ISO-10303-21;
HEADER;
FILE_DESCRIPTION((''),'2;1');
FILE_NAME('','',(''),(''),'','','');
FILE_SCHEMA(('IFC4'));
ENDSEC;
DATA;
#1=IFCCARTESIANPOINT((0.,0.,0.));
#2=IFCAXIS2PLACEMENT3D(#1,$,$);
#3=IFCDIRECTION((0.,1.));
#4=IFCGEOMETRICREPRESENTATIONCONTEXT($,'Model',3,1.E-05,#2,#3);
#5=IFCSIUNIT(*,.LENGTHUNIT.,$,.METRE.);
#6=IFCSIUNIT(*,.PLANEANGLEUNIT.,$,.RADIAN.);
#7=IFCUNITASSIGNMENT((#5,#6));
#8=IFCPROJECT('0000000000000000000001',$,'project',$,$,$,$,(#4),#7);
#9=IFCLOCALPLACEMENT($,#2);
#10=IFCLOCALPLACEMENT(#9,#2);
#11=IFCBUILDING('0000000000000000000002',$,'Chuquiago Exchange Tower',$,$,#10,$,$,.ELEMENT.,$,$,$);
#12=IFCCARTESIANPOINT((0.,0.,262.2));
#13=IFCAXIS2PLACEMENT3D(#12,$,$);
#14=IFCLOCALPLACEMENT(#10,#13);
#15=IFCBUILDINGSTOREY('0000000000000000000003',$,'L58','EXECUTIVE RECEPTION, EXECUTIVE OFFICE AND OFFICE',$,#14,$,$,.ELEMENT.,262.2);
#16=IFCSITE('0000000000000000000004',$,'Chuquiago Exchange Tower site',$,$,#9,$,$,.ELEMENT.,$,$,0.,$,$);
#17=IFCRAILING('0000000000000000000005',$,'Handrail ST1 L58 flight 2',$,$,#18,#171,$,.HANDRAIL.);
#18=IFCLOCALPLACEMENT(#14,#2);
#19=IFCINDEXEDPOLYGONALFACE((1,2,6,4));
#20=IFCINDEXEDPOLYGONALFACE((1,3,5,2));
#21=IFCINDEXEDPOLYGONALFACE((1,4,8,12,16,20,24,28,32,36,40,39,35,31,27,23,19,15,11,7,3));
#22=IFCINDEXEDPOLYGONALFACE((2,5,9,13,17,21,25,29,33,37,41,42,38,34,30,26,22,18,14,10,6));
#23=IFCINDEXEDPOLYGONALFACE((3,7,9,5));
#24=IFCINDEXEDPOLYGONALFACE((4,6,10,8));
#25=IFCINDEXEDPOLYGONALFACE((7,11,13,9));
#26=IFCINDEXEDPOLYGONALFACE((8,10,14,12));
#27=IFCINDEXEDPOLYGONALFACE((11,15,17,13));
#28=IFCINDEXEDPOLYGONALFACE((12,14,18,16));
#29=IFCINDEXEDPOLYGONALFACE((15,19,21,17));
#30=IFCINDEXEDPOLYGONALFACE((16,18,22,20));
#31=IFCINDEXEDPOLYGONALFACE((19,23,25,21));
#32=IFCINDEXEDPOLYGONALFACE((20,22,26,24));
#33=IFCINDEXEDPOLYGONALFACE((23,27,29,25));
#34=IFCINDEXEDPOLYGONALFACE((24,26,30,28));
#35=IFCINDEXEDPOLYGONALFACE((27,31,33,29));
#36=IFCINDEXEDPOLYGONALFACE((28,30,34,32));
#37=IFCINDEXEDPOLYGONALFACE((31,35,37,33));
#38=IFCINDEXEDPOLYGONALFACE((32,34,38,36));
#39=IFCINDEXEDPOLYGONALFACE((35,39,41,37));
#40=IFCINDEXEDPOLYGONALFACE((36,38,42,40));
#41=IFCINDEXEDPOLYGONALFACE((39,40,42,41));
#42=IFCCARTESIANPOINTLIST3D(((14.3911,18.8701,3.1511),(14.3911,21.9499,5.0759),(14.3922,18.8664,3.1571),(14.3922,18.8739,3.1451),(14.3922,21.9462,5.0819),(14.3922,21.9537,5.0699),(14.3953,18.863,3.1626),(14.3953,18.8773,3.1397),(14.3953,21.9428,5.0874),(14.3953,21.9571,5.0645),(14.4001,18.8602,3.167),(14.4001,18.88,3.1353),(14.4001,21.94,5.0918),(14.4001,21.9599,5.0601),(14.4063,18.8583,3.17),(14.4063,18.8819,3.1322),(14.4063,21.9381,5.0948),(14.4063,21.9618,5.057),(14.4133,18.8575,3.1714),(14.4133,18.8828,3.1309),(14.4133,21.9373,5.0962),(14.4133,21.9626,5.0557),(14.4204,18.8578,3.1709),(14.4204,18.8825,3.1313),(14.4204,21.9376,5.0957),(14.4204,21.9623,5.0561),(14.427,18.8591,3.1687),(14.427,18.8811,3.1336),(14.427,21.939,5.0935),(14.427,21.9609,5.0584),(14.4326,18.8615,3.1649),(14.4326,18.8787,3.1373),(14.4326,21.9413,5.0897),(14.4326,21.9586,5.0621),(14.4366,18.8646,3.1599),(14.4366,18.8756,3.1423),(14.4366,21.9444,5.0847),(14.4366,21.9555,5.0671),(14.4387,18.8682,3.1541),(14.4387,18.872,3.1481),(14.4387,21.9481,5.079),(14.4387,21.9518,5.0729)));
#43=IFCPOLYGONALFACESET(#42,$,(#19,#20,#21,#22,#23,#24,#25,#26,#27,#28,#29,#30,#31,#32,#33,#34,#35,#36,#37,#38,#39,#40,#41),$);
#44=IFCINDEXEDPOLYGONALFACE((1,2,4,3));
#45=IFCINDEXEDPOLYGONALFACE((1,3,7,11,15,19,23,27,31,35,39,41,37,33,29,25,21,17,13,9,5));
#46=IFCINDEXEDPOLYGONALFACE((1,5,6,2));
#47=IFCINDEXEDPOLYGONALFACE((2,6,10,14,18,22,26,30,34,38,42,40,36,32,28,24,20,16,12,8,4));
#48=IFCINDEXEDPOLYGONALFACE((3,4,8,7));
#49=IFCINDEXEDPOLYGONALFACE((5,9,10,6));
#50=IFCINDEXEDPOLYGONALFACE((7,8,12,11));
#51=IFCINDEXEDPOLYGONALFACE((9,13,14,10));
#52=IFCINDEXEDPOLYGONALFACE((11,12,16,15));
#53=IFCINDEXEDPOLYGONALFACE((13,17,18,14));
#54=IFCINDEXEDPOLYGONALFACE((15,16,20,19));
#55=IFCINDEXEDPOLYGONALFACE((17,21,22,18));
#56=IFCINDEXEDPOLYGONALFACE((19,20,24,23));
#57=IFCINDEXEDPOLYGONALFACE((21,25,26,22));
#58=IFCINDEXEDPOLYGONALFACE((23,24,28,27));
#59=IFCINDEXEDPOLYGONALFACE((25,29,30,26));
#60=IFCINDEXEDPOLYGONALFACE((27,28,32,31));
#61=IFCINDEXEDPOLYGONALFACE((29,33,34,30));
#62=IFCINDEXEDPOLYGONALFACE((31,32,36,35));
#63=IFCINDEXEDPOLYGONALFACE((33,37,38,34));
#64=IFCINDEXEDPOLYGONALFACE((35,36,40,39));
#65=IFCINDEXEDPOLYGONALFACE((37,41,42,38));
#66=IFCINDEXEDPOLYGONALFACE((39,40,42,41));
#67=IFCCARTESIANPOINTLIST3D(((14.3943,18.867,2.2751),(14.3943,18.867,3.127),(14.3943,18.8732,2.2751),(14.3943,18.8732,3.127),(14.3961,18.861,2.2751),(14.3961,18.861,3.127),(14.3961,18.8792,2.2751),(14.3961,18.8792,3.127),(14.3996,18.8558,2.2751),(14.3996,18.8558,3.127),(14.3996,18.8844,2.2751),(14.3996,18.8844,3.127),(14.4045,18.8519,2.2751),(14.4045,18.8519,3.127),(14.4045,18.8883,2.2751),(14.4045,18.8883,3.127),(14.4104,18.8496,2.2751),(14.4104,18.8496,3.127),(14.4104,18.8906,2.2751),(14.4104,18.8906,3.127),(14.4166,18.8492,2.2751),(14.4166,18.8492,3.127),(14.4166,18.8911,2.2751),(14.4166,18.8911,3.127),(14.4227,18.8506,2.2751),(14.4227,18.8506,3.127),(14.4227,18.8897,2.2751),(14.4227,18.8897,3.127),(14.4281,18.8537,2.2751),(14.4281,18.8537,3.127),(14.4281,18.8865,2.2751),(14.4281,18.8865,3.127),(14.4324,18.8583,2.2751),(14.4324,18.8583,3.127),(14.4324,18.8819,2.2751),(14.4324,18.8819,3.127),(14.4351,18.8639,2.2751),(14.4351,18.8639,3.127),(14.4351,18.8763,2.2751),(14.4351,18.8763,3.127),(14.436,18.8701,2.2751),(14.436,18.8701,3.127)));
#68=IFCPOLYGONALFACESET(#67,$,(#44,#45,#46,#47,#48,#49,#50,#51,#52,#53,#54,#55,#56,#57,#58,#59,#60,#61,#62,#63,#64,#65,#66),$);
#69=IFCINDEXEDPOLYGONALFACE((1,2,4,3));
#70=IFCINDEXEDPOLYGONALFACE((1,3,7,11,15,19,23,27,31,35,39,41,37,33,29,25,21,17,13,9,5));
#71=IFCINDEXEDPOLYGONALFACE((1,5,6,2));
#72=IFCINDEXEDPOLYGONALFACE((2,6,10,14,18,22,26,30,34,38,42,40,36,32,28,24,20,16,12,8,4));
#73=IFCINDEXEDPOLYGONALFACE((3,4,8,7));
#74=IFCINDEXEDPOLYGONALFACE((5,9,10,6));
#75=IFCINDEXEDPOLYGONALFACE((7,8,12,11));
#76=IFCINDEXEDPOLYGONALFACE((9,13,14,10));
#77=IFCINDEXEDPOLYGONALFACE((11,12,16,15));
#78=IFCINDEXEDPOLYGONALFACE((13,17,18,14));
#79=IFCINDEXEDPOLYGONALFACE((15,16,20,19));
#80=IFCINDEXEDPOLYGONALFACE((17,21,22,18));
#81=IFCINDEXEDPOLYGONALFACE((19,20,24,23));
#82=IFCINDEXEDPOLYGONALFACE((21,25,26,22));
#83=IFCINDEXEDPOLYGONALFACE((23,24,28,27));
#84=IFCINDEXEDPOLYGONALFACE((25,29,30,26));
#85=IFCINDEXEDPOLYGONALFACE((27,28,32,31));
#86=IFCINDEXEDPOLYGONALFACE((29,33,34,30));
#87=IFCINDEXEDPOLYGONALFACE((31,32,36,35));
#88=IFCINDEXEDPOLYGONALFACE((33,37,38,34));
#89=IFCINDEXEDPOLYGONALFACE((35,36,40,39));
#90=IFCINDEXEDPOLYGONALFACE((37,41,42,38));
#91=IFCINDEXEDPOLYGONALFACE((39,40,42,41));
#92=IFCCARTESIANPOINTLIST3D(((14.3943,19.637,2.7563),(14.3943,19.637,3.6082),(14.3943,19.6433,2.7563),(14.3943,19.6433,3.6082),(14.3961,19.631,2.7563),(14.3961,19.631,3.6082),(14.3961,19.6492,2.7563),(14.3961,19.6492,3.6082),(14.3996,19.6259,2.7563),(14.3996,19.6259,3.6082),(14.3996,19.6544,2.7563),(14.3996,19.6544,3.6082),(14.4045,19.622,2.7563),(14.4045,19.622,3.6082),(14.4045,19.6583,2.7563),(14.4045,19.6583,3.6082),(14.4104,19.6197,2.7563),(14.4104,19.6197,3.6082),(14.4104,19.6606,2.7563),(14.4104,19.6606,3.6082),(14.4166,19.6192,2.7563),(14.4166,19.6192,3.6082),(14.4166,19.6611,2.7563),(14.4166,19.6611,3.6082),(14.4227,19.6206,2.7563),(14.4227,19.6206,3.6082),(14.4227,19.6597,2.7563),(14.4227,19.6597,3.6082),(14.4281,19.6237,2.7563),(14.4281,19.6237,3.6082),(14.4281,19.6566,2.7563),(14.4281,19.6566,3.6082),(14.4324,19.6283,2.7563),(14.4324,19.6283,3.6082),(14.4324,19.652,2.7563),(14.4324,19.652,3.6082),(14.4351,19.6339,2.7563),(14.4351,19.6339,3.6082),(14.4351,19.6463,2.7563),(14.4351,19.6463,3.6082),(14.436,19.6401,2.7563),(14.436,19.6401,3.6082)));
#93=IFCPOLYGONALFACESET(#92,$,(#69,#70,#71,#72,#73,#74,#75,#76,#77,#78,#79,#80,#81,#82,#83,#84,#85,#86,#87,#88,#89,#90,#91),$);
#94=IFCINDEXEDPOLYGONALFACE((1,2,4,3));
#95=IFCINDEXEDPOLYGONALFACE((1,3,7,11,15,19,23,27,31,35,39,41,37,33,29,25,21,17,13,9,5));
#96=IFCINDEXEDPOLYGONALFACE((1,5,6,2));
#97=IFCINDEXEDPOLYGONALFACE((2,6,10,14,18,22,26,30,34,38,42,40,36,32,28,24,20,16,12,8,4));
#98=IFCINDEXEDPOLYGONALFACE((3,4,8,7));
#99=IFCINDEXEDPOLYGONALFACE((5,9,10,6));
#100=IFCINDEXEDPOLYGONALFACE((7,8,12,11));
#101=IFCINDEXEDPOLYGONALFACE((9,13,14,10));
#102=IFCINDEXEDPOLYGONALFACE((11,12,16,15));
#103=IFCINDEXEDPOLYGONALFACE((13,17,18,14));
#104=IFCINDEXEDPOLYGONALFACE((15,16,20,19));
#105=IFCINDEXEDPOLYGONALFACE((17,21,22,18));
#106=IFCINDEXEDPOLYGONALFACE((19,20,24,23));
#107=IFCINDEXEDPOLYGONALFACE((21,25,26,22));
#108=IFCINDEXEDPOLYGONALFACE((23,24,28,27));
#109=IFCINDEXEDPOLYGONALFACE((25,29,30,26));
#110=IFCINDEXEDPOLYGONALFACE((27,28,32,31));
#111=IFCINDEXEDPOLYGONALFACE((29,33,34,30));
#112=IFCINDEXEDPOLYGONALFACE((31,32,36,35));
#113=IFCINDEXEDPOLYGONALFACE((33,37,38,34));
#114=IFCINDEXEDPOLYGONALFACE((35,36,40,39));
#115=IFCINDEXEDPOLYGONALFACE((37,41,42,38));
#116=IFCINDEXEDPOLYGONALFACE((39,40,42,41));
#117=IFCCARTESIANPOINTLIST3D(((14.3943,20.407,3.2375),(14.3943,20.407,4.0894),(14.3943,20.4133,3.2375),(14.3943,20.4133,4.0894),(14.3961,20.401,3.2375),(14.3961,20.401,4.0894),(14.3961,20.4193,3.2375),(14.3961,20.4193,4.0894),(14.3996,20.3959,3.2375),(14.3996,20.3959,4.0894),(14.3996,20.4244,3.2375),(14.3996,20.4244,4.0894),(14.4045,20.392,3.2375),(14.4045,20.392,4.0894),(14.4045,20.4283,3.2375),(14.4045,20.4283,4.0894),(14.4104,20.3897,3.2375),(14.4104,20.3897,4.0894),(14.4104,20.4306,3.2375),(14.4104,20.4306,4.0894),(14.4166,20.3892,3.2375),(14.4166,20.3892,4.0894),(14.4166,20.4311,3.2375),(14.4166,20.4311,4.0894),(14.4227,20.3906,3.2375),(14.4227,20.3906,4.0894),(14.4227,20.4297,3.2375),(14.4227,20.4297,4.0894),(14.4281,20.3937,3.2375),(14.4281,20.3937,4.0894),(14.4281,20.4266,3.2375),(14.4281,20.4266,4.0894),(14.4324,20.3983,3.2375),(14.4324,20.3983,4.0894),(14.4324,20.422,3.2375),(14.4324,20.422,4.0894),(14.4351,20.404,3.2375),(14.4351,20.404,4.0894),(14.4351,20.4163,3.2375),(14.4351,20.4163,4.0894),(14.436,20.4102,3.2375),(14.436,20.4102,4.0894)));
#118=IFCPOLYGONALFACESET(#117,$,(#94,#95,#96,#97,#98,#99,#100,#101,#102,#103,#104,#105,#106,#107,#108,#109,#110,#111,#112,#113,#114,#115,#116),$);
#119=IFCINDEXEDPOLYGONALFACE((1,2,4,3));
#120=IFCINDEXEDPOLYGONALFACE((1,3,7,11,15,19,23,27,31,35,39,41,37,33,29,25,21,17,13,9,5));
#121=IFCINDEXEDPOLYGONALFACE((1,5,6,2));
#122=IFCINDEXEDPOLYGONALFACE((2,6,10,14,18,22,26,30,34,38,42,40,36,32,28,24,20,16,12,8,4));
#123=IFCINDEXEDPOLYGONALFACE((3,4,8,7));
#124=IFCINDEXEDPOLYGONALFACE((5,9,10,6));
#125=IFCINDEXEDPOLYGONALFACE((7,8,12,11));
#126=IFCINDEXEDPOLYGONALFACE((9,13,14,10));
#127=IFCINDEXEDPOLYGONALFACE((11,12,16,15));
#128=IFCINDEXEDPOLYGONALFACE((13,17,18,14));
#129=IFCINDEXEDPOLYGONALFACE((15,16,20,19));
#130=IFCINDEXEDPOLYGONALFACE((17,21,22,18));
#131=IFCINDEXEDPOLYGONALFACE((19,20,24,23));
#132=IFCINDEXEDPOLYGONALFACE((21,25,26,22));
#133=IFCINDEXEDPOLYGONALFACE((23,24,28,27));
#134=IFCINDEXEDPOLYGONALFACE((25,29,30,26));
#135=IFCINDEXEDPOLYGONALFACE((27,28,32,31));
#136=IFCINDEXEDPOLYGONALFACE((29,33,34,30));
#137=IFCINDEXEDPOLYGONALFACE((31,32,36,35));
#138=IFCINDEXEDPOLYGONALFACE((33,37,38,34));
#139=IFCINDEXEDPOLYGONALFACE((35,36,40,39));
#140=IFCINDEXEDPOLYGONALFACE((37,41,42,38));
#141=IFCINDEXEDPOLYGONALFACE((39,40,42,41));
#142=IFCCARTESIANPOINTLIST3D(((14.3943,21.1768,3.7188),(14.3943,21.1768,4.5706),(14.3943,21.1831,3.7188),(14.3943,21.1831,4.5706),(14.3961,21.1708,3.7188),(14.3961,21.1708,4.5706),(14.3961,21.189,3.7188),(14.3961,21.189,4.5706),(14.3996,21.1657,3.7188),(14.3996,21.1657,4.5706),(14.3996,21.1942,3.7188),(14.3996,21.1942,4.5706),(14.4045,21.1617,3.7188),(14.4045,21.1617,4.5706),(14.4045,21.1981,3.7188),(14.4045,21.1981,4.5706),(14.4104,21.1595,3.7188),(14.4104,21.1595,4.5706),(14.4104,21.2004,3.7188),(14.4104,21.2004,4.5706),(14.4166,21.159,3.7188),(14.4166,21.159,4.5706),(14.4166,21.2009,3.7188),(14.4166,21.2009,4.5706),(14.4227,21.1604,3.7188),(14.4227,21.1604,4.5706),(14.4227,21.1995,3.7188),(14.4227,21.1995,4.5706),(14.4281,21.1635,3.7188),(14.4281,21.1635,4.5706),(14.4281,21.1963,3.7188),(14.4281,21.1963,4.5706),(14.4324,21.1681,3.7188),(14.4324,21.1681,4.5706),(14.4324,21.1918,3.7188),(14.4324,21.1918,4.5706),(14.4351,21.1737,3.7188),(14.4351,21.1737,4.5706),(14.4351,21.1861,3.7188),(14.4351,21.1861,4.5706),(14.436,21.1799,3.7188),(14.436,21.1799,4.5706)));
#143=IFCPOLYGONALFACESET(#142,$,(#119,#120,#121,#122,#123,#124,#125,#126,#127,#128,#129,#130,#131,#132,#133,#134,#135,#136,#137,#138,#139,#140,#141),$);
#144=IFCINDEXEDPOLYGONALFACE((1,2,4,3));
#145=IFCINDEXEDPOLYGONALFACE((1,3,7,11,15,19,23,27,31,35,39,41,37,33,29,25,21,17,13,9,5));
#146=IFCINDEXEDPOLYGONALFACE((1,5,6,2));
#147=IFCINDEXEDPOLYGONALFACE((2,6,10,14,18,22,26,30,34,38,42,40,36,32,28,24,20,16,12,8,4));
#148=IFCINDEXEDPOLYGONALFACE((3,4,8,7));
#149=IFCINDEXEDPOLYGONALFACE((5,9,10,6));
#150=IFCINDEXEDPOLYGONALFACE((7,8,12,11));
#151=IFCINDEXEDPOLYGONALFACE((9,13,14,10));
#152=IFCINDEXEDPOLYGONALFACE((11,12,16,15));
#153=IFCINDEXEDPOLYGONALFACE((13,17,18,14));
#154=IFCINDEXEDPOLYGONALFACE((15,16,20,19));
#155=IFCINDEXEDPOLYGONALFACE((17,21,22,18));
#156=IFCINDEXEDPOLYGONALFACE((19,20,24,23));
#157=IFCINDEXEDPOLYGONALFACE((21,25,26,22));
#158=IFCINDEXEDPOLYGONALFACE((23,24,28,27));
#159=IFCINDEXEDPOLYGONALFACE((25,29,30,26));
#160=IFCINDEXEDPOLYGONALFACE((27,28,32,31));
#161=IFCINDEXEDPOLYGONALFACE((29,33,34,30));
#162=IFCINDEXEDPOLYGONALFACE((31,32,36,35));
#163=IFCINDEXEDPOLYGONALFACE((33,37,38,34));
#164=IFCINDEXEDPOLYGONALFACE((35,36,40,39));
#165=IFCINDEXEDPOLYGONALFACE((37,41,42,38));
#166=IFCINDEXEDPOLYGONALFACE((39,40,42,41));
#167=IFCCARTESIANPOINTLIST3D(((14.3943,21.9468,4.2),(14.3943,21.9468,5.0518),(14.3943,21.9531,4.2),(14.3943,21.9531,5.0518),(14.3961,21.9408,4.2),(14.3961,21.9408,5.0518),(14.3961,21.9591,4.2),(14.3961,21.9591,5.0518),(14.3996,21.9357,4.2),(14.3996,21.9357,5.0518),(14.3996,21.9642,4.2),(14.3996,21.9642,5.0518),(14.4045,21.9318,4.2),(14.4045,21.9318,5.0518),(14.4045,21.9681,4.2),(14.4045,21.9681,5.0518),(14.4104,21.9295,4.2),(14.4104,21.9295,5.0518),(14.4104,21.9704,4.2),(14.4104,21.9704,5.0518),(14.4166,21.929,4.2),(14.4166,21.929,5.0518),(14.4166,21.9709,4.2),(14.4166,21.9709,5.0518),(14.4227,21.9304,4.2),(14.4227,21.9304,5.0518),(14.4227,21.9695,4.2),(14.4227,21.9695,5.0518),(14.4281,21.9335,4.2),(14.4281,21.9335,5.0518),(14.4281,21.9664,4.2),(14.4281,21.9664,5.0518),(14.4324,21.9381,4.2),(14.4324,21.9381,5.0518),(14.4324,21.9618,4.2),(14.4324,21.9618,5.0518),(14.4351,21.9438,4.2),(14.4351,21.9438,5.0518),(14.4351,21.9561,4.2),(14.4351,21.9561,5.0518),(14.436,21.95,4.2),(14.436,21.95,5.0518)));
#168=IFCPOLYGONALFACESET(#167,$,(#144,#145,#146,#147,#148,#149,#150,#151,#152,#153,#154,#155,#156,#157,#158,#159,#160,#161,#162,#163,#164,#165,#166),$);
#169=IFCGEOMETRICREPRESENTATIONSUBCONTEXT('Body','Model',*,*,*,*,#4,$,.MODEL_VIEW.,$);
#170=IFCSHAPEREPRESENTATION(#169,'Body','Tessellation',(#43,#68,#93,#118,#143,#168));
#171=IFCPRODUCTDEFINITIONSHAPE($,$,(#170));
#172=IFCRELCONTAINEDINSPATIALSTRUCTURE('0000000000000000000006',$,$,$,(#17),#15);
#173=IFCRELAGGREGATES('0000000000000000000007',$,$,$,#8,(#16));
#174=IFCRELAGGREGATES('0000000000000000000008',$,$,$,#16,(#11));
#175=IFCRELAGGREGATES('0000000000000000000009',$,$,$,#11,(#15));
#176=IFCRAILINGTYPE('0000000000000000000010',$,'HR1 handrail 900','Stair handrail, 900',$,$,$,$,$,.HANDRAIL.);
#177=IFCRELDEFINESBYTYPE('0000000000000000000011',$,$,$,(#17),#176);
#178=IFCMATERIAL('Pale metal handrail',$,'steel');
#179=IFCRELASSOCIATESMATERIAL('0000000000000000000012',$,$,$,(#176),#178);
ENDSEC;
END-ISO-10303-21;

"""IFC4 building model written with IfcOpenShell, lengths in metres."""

from ifc_helpers import new_model, si_unit, direction, frame, origin, origin_2d, place, context, subcontext, project, spatial, circle, extrude, material, type_object, element, save


model = new_model("IFC4")

# Units and contexts
model_context = context("Model", 3, precision=1e-05, world=origin(), true_north=direction((0.0, 1.0)))
body_context = subcontext(model_context, "Body", "Model", "MODEL_VIEW")
ifc_project = project(units=[si_unit("LENGTHUNIT", "METRE"), si_unit("PLANEANGLEUNIT", "RADIAN")], contexts=[model_context])

# Site, building, storey
site_placement = place(None, origin())
site = spatial("IfcSite", under=ifc_project, at=site_placement, Name="Chuquiago Exchange Tower site", CompositionType="ELEMENT", RefElevation=0.0)
building_placement = place(site_placement, origin())
building = spatial("IfcBuilding", under=site, at=building_placement, Name="Chuquiago Exchange Tower", CompositionType="ELEMENT")
storey_placement = place(building_placement, frame((0.0, 0.0, 262.2)))
storey = spatial("IfcBuildingStorey", under=building, at=storey_placement, Name="L58", Description="EXECUTIVE RECEPTION, EXECUTIVE OFFICE AND OFFICE", CompositionType="ELEMENT", Elevation=262.2)

# Railing
ifc_material_1 = material(Name="Pale metal handrail", Category="steel")
railing_type_1 = type_object("IfcRailingType", Name="HR1 handrail 900", Description="Stair handrail, 900", PredefinedType="HANDRAIL", material=ifc_material_1)
for number, where, name in (
    (1, (14.415, 18.8701, 2.2751), "Handrail ST1 L58 flight 2"),
):
    element("IfcRailing", number, at=place(storey_placement, frame(where)), inside=storey, type_object=railing_type_1, Name=name, PredefinedType="HANDRAIL", context=body_context, shape_type="SweptSolid", body=[
        extrude(circle(Radius=0.0239, at=origin_2d()), frame((0.0, 0.0, 0.876), z_axis=(0.0, 0.84801, 0.529981), x_axis=(-1.0, 0.0, 0.0)), (0.0, 0.0, 1.0), 3.6318),
        extrude(circle(Radius=0.021, at=origin_2d()), origin(), (0.0, 0.0, 1.0), 0.8518),
        extrude(circle(Radius=0.021, at=origin_2d()), frame((0.0, 0.77, 0.4812)), (0.0, 0.0, 1.0), 0.8518),
        extrude(circle(Radius=0.021, at=origin_2d()), frame((0.0, 1.54, 0.9624)), (0.0, 0.0, 1.0), 0.8518),
        extrude(circle(Radius=0.021, at=origin_2d()), frame((0.0, 2.3098, 1.4436)), (0.0, 0.0, 1.0), 0.8518),
        extrude(circle(Radius=0.021, at=origin_2d()), frame((0.0, 3.0798, 1.9248)), (0.0, 0.0, 1.0), 0.8518),
    ])

save(model, "model.ifc")
